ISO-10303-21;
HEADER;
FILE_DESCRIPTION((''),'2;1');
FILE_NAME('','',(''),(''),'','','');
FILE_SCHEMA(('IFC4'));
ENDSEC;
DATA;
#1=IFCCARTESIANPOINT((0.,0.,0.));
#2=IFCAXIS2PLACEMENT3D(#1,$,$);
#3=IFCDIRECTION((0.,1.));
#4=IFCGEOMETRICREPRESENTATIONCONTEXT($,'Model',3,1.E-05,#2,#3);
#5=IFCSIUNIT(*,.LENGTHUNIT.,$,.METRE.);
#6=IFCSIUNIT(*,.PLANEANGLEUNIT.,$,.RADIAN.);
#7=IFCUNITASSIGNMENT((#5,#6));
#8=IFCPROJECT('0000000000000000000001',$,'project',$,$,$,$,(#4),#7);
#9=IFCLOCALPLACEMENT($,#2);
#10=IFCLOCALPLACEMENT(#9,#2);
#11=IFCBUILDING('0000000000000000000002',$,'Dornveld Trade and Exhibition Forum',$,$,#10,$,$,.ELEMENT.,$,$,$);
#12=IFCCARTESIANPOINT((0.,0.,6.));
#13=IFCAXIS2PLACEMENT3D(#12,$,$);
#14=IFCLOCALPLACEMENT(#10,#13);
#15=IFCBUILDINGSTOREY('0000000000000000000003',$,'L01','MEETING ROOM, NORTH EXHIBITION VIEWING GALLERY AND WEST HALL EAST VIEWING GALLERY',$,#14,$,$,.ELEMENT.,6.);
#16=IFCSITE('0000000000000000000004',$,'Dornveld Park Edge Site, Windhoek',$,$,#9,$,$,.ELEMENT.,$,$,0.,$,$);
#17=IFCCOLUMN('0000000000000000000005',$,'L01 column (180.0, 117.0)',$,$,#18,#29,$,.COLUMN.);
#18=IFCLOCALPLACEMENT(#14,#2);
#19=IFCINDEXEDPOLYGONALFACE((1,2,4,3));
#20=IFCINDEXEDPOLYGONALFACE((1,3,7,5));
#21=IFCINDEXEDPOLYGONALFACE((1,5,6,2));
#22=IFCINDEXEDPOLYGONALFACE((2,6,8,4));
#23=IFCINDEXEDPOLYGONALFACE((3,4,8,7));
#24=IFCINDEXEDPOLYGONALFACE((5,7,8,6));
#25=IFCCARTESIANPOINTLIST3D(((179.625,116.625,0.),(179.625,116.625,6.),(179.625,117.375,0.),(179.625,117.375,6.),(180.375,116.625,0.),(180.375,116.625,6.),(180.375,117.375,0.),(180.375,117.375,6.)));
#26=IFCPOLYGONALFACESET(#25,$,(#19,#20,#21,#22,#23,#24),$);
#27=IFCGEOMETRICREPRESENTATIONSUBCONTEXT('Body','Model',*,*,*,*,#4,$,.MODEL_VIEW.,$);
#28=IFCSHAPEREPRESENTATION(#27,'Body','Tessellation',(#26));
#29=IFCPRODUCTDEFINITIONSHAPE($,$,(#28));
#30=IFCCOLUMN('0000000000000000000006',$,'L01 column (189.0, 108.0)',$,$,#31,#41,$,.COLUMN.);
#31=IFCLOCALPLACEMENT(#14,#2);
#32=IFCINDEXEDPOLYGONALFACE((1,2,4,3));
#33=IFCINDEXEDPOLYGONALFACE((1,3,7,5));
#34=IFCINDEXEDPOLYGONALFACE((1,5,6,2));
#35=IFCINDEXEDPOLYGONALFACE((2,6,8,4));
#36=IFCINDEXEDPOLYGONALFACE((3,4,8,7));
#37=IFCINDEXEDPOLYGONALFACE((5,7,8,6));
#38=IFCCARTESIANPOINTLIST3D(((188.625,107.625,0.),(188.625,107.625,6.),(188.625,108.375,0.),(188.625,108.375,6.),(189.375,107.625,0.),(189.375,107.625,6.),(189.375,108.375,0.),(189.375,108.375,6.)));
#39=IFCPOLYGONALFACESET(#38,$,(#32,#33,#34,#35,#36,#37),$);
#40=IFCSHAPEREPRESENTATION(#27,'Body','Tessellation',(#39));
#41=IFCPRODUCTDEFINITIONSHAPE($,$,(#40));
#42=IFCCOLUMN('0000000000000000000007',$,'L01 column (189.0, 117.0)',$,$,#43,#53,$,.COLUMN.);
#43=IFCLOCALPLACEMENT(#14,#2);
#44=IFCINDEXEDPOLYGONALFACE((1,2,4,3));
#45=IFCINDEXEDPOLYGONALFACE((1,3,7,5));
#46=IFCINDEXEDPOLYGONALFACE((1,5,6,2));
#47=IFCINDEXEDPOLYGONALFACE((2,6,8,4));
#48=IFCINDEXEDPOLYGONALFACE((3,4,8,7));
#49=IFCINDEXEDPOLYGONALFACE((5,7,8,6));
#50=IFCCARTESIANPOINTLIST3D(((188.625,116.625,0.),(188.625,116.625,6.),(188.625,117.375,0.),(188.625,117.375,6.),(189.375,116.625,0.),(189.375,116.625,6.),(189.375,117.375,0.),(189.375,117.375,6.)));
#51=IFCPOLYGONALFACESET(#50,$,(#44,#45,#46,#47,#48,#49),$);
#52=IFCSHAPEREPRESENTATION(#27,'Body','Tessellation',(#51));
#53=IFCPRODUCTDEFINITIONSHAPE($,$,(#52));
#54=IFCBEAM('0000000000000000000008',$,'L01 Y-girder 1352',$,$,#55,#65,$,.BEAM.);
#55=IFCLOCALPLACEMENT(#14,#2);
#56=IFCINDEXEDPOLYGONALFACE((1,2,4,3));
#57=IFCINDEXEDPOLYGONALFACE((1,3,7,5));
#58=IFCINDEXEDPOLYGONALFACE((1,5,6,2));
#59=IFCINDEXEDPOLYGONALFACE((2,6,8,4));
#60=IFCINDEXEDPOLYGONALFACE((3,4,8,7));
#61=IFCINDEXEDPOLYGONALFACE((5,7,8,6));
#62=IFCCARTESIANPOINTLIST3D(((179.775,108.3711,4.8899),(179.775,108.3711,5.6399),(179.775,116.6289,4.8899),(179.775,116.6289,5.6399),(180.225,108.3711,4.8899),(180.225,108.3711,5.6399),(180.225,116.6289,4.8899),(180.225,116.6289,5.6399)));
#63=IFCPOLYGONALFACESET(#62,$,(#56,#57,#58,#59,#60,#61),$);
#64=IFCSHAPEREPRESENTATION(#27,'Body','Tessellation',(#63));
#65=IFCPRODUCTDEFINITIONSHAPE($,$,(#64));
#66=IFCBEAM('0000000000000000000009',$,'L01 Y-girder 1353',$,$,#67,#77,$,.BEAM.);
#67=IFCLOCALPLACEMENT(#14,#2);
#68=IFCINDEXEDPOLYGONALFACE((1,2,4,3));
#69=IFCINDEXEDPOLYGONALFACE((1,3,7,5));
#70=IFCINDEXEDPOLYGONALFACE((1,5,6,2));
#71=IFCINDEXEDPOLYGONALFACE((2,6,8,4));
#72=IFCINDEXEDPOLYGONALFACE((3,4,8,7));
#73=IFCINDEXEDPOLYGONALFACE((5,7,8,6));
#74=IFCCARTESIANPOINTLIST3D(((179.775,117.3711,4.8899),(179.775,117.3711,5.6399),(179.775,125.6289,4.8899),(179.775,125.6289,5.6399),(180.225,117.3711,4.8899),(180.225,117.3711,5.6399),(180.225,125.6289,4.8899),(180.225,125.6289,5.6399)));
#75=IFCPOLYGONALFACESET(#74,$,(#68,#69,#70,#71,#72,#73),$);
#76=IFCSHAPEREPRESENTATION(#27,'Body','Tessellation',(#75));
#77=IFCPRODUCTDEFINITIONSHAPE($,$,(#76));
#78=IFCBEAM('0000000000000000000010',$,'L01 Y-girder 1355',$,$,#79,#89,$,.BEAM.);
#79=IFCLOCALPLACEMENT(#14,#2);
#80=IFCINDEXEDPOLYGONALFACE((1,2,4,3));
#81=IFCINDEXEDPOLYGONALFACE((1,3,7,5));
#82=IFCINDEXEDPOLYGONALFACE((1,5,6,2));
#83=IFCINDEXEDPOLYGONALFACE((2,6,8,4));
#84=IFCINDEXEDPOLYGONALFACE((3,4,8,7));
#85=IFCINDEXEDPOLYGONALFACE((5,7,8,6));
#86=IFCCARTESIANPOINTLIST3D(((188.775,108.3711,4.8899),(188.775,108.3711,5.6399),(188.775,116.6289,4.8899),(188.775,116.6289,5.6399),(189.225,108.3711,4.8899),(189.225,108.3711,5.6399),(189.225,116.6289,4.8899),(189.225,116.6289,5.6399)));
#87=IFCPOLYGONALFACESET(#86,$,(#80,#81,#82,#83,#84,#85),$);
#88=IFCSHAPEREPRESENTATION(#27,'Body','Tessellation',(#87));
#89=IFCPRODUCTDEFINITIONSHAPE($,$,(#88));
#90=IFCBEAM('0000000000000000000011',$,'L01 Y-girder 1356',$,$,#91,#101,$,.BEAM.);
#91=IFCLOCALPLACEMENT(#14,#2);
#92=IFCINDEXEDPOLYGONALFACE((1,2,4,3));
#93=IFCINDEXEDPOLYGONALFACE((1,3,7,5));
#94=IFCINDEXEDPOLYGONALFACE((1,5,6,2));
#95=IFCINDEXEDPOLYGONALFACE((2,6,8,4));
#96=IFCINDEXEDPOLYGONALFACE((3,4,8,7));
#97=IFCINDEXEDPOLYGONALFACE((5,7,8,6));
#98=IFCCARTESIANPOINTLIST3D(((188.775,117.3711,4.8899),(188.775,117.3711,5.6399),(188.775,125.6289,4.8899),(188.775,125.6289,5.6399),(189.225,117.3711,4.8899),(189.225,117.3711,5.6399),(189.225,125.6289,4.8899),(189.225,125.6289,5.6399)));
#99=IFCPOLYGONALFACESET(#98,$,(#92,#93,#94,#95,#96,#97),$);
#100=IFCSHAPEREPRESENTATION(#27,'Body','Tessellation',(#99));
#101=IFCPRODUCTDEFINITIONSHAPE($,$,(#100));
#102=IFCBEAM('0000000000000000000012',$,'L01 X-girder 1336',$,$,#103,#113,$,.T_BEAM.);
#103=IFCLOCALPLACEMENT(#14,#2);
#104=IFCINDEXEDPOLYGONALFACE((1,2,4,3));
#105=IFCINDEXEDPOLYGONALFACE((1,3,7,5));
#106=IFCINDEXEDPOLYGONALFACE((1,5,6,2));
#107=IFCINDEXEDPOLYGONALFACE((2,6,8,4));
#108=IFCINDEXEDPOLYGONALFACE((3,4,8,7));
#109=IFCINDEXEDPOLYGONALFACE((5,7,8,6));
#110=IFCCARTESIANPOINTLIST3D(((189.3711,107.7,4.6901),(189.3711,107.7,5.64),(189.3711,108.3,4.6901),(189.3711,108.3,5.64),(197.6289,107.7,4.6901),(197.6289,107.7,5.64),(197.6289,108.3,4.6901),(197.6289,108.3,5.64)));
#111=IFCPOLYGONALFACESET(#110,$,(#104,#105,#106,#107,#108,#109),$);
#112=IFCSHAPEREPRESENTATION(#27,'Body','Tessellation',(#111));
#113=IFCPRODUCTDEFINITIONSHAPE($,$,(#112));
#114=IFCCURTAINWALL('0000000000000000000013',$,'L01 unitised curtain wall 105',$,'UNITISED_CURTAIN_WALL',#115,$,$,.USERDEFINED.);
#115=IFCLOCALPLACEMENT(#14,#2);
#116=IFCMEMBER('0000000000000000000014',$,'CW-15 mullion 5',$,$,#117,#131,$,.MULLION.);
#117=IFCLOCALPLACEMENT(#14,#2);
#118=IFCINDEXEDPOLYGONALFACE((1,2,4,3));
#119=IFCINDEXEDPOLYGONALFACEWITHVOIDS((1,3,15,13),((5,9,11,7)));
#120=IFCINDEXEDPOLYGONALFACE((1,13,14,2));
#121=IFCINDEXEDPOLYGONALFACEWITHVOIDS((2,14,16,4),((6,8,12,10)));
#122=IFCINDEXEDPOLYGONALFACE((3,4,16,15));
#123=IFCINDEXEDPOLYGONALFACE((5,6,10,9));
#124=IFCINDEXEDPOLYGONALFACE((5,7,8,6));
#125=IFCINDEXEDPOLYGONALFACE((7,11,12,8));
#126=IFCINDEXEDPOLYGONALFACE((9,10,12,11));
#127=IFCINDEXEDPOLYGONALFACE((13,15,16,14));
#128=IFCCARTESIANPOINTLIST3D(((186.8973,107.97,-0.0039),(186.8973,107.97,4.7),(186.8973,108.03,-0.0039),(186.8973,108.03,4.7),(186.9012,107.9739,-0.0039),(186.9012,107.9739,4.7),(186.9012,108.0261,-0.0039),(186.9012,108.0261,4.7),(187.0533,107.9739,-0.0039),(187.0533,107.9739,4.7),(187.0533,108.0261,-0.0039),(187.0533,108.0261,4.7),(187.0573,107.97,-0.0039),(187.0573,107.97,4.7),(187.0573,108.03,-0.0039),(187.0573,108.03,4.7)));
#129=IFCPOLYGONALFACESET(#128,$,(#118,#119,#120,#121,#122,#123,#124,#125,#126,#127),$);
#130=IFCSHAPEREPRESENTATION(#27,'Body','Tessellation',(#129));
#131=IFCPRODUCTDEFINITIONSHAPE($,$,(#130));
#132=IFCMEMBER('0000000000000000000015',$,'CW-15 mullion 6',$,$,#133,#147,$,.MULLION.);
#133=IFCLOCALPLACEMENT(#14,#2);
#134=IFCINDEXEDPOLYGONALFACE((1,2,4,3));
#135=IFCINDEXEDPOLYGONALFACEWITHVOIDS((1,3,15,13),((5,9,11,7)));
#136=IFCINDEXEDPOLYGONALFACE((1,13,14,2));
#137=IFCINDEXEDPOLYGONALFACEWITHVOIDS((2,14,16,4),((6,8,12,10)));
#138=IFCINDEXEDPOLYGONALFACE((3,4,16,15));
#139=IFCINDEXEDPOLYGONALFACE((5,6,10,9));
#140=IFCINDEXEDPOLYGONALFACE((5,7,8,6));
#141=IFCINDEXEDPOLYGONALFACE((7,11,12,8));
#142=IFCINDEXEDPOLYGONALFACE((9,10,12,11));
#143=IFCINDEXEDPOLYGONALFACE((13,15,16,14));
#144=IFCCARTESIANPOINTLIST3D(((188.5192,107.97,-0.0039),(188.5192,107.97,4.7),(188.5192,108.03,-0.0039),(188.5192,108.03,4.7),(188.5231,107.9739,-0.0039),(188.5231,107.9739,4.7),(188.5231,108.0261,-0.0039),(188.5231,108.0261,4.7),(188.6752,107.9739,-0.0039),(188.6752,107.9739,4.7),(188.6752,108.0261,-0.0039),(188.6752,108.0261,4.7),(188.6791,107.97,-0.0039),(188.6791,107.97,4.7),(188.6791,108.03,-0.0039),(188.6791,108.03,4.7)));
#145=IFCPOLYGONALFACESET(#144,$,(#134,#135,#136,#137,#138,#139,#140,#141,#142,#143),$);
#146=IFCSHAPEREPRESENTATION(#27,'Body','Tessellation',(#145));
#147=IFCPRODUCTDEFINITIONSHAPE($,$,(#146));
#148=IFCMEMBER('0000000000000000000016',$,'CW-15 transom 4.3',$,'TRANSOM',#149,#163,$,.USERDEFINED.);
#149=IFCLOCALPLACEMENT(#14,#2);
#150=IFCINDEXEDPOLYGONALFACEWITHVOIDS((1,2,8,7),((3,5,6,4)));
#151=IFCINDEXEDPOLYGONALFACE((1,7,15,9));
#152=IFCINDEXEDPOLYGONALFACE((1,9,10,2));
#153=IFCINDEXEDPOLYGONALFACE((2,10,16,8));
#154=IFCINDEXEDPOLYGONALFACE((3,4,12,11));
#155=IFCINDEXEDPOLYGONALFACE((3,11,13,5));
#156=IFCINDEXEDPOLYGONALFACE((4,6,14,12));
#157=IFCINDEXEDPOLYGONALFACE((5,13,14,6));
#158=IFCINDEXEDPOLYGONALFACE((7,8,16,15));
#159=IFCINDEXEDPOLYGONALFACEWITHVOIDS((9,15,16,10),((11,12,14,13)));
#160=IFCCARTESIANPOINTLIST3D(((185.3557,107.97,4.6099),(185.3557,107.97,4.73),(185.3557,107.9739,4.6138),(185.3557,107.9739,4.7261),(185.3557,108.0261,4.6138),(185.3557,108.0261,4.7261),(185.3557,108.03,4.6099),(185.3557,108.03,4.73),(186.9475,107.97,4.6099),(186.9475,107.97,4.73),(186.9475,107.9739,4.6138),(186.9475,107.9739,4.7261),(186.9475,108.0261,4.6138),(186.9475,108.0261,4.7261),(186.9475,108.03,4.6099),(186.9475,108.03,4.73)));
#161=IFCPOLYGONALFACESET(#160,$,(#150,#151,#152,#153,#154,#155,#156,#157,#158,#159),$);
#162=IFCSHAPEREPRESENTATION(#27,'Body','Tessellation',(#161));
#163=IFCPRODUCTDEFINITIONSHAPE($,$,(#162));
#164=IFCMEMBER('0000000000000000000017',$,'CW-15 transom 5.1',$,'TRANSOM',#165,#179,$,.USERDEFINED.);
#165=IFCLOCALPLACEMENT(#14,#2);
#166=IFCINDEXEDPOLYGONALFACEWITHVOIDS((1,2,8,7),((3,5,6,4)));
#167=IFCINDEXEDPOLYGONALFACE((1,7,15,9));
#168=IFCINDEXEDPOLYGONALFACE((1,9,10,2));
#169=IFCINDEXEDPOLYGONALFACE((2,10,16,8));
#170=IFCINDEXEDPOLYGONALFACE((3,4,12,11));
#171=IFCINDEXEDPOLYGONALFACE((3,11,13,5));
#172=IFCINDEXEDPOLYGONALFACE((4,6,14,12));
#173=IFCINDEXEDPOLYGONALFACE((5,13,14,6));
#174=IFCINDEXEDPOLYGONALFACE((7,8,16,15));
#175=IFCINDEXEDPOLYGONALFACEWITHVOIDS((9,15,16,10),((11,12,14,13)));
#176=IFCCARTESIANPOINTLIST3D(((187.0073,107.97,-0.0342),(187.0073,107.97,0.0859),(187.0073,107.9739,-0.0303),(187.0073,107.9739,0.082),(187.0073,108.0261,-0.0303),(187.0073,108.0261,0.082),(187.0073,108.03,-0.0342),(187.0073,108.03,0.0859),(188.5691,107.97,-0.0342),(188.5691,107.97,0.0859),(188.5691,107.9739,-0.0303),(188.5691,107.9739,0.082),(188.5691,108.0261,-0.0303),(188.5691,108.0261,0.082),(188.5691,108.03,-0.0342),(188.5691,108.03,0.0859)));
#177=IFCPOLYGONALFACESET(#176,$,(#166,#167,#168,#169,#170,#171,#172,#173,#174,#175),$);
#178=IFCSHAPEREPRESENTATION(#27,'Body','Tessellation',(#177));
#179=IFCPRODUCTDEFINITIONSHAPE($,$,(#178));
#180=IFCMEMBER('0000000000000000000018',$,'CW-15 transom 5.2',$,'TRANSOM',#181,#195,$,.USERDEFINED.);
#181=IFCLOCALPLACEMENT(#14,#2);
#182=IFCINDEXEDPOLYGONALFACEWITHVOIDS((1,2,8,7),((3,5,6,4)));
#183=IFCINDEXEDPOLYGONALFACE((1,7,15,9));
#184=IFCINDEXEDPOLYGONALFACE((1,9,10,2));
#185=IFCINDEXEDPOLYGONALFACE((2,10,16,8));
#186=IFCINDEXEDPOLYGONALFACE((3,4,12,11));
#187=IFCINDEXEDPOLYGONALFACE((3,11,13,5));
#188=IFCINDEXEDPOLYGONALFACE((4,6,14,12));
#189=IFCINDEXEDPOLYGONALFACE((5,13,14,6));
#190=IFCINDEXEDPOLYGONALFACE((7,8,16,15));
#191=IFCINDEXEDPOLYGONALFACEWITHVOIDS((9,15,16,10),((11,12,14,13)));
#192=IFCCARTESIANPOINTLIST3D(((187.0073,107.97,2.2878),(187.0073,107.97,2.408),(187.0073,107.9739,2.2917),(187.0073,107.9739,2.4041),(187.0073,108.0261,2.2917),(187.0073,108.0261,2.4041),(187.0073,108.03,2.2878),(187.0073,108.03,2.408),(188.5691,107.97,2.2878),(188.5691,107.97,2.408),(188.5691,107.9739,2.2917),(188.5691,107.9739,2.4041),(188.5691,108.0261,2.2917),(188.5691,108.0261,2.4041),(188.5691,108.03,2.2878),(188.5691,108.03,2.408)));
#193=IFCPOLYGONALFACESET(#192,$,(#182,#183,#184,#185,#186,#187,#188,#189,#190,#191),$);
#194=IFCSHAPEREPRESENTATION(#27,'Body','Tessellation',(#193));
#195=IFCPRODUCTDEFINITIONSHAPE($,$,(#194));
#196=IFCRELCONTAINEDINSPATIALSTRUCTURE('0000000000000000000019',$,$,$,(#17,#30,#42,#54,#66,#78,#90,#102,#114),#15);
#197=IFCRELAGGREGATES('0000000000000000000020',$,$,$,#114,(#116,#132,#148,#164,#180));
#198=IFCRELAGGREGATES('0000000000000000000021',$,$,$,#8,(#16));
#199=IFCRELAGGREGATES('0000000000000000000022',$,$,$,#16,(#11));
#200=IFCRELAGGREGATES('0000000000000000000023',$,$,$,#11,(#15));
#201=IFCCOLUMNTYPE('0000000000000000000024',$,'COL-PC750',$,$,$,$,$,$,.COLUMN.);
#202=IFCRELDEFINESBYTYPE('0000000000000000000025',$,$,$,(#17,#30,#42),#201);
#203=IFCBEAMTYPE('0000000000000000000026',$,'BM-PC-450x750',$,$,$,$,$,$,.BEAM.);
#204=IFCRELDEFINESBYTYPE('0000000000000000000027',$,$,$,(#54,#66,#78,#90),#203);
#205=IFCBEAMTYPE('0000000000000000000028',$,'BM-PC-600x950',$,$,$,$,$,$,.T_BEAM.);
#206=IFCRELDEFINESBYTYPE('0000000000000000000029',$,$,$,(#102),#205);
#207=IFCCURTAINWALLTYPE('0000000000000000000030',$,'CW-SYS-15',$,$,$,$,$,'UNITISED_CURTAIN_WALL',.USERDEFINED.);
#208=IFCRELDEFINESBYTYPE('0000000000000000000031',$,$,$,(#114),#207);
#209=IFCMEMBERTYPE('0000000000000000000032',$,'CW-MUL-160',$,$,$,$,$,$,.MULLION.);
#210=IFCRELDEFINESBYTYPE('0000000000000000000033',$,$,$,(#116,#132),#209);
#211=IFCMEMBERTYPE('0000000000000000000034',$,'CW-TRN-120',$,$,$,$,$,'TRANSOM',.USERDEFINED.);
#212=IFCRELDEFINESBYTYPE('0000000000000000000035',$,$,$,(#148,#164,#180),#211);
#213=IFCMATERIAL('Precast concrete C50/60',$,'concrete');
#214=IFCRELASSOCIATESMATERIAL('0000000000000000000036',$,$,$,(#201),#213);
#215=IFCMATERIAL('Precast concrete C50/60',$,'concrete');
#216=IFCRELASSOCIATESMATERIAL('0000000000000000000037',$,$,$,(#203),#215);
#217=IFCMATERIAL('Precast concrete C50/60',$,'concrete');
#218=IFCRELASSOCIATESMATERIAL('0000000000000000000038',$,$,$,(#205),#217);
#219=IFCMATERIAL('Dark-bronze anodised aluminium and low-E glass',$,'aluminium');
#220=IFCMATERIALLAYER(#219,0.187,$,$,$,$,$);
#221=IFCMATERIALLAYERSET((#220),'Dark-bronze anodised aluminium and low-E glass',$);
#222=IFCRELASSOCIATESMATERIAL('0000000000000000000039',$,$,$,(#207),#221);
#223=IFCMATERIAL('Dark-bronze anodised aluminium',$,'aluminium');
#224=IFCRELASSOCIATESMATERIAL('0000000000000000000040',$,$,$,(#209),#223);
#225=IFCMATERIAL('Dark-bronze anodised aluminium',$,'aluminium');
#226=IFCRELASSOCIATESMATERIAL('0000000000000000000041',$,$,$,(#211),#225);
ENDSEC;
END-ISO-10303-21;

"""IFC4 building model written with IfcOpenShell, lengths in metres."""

from ifc_helpers import new_model, si_unit, direction, frame, origin, origin_2d, place, context, subcontext, project, spatial, rectangle, hollow_rectangle, extrude, material, layer, layer_set, material_profile, profile_set, type_object, element, aggregate, save


model = new_model("IFC4")

# Units and contexts
model_context = context("Model", 3, precision=1e-05, world=origin(), true_north=direction((0.0, 1.0)))
body_context = subcontext(model_context, "Body", "Model", "MODEL_VIEW")
ifc_project = project(units=[si_unit("LENGTHUNIT", "METRE"), si_unit("PLANEANGLEUNIT", "RADIAN")], contexts=[model_context])

# Site, building, storey
site_placement = place(None, origin())
site = spatial("IfcSite", under=ifc_project, at=site_placement, Name="Dornveld Park Edge Site, Windhoek", CompositionType="ELEMENT", RefElevation=0.0)
building_placement = place(site_placement, origin())
building = spatial("IfcBuilding", under=site, at=building_placement, Name="Dornveld Trade and Exhibition Forum", CompositionType="ELEMENT")
storey_placement = place(building_placement, frame((0.0, 0.0, 6.0)))
storey = spatial("IfcBuildingStorey", under=building, at=storey_placement, Name="L01", Description="MEETING ROOM, NORTH EXHIBITION VIEWING GALLERY AND WEST HALL EAST VIEWING GALLERY", CompositionType="ELEMENT", Elevation=6.0)

# Columns
ifc_material_1 = material(Name="Precast concrete C50/60", Category="concrete")
ifc_material_profile_1 = material_profile(ifc_material_1, rectangle(XDim=0.75, YDim=0.75, at=origin_2d()), Name="PC-COL 750x750")
ifc_profile_set_1 = profile_set([ifc_material_profile_1], Name="Precast concrete C50/60")
column_type = type_object("IfcColumnType", Name="COL-PC750", PredefinedType="COLUMN", material=ifc_profile_set_1)
for number, where, z_axis, x_axis, name in (
    (1, (180.0, 117.0, 0.0), (0.0, 0.0, 1.0), (1.0, 0.0, 0.0), "L01 column (180.0, 117.0)"),
    (2, (189.0, 108.0, 0.0), (0.0, 0.0, 1.0), (1.0, 0.0, 0.0), "L01 column (189.0, 108.0)"),
    (3, (189.0, 117.0, 0.0), (0.0, 0.0, 1.0), (1.0, 0.0, 0.0), "L01 column (189.0, 117.0)"),
):
    element("IfcColumn", number, at=place(storey_placement, frame(where, z_axis=z_axis, x_axis=x_axis)), inside=storey, type_object=column_type, Name=name, PredefinedType="COLUMN", context=body_context, shape_type="SweptSolid", body=[
        extrude(rectangle(XDim=0.75, YDim=0.75, at=origin_2d()), origin(), (0.0, 0.0, 1.0), 6.0),
    ])

# Beams
ifc_material_2 = material(Name="Precast concrete C50/60", Category="concrete")
ifc_material_profile_2 = material_profile(ifc_material_2, rectangle(XDim=0.45, YDim=0.75, at=origin_2d()), Name="PC-BM 450x750")
ifc_profile_set_2 = profile_set([ifc_material_profile_2], Name="Precast concrete C50/60")
beam_type_1 = type_object("IfcBeamType", Name="BM-PC-450x750", PredefinedType="BEAM", material=ifc_profile_set_2)
for number, where, z_axis, x_axis, name in (
    (4, (180.0, 108.3711, 5.2649), (0.0, 1.0, 0.0), (-1.0, 0.0, 0.0), "L01 Y-girder 1352"),
    (5, (180.0, 117.3711, 5.2649), (0.0, 1.0, 0.0), (-1.0, 0.0, 0.0), "L01 Y-girder 1353"),
    (6, (189.0, 108.3711, 5.2649), (0.0, 1.0, 0.0), (-1.0, 0.0, 0.0), "L01 Y-girder 1355"),
    (7, (189.0, 117.3711, 5.2649), (0.0, 1.0, 0.0), (-1.0, 0.0, 0.0), "L01 Y-girder 1356"),
):
    element("IfcBeam", number, at=place(storey_placement, frame(where, z_axis=z_axis, x_axis=x_axis)), inside=storey, type_object=beam_type_1, Name=name, PredefinedType="BEAM", context=body_context, shape_type="SweptSolid", body=[
        extrude(rectangle(XDim=0.45, YDim=0.75, at=origin_2d()), origin(), (0.0, 0.0, 1.0), 8.2578),
    ])
ifc_material_3 = material(Name="Precast concrete C50/60", Category="concrete")
ifc_material_profile_3 = material_profile(ifc_material_3, rectangle(XDim=0.6001, YDim=0.95, at=origin_2d()), Name="PC-GIR 600x950")
ifc_profile_set_3 = profile_set([ifc_material_profile_3], Name="Precast concrete C50/60")
beam_type_2 = type_object("IfcBeamType", Name="BM-PC-600x950", PredefinedType="T_BEAM", material=ifc_profile_set_3)
beam_placement = place(storey_placement, frame((189.3711, 108.0, 5.165), z_axis=(1.0, 0.0, 0.0), x_axis=(0.0, 1.0, 0.0)))
element("IfcBeam", 8, at=beam_placement, inside=storey, type_object=beam_type_2, Name="L01 X-girder 1336", PredefinedType="T_BEAM", context=body_context, shape_type="SweptSolid", body=[
    extrude(rectangle(XDim=0.6001, YDim=0.95, at=origin_2d()), origin(), (0.0, 0.0, 1.0), 8.2578),
])

# Curtain wall, members
ifc_material_4 = material(Name="Dark-bronze anodised aluminium and low-E glass", Category="aluminium")
ifc_layer_1 = layer(ifc_material_4, 0.187)
ifc_layer_set_1 = layer_set([ifc_layer_1], Name="Dark-bronze anodised aluminium and low-E glass")
curtain_wall_type = type_object("IfcCurtainWallType", Name="CW-SYS-15", ElementType="UNITISED_CURTAIN_WALL", PredefinedType="USERDEFINED", material=ifc_layer_set_1)
curtain_wall_placement = place(storey_placement, origin())
curtain_wall = element("IfcCurtainWall", 9, at=curtain_wall_placement, inside=storey, type_object=curtain_wall_type, Name="L01 unitised curtain wall 105", ObjectType="UNITISED_CURTAIN_WALL", PredefinedType="USERDEFINED")
ifc_material_5 = material(Name="Dark-bronze anodised aluminium", Category="aluminium")
ifc_material_profile_4 = material_profile(ifc_material_5, hollow_rectangle(XDim=0.0601, YDim=0.1599, WallThickness=0.0039, at=origin_2d()), Name="RHS 160x60x4")
ifc_profile_set_4 = profile_set([ifc_material_profile_4], Name="Dark-bronze anodised aluminium")
member_type_1 = type_object("IfcMemberType", Name="CW-MUL-160", PredefinedType="MULLION", material=ifc_profile_set_4)
member_1_placement = place(storey_placement, frame((186.9773, 108.0, -0.0039), z_axis=(0.0, 0.0, 1.0), x_axis=(0.0, 1.0, 0.0)))
member_1 = element("IfcMember", 10, at=member_1_placement, type_object=member_type_1, Name="CW-15 mullion 5", PredefinedType="MULLION", context=body_context, shape_type="SweptSolid", body=[
    extrude(hollow_rectangle(XDim=0.0601, YDim=0.1599, WallThickness=0.0039, at=origin_2d()), origin(), (0.0, 0.0, 1.0), 4.7039),
])
member_2_placement = place(storey_placement, frame((188.5991, 108.0, -0.0039), z_axis=(0.0, 0.0, 1.0), x_axis=(0.0, 1.0, 0.0)))
member_2 = element("IfcMember", 11, at=member_2_placement, type_object=member_type_1, Name="CW-15 mullion 6", PredefinedType="MULLION", context=body_context, shape_type="SweptSolid", body=[
    extrude(hollow_rectangle(XDim=0.0601, YDim=0.1599, WallThickness=0.0039, at=origin_2d()), origin(), (0.0, 0.0, 1.0), 4.7039),
])
ifc_material_6 = material(Name="Dark-bronze anodised aluminium", Category="aluminium")
ifc_material_profile_5 = material_profile(ifc_material_6, hollow_rectangle(XDim=0.0601, YDim=0.1201, WallThickness=0.0039, at=origin_2d()), Name="RHS 120x60x4")
ifc_profile_set_5 = profile_set([ifc_material_profile_5], Name="Dark-bronze anodised aluminium")
member_type_2 = type_object("IfcMemberType", Name="CW-TRN-120", ElementType="TRANSOM", PredefinedType="USERDEFINED", material=ifc_profile_set_5)
member_3_placement = place(storey_placement, frame((185.3557, 108.0, 4.6699), z_axis=(1.0, 0.0, 0.0), x_axis=(0.0, 1.0, 0.0)))
member_3 = element("IfcMember", 12, at=member_3_placement, type_object=member_type_2, Name="CW-15 transom 4.3", ObjectType="TRANSOM", PredefinedType="USERDEFINED", context=body_context, shape_type="SweptSolid", body=[
    extrude(hollow_rectangle(XDim=0.0601, YDim=0.1201, WallThickness=0.0039, at=origin_2d()), origin(), (0.0, 0.0, 1.0), 1.5918),
])
member_4_placement = place(storey_placement, frame((187.0073, 108.0, 0.0259), z_axis=(1.0, 0.0, 0.0), x_axis=(0.0, 1.0, 0.0)))
member_4 = element("IfcMember", 13, at=member_4_placement, type_object=member_type_2, Name="CW-15 transom 5.1", ObjectType="TRANSOM", PredefinedType="USERDEFINED", context=body_context, shape_type="SweptSolid", body=[
    extrude(hollow_rectangle(XDim=0.0601, YDim=0.1201, WallThickness=0.0039, at=origin_2d()), origin(), (0.0, 0.0, 1.0), 1.5618),
])
member_5_placement = place(storey_placement, frame((187.0073, 108.0, 2.3479), z_axis=(1.0, 0.0, 0.0), x_axis=(0.0, 1.0, 0.0)))
member_5 = element("IfcMember", 14, at=member_5_placement, type_object=member_type_2, Name="CW-15 transom 5.2", ObjectType="TRANSOM", PredefinedType="USERDEFINED", context=body_context, shape_type="SweptSolid", body=[
    extrude(hollow_rectangle(XDim=0.0601, YDim=0.1201, WallThickness=0.0039, at=origin_2d()), origin(), (0.0, 0.0, 1.0), 1.5618),
])
aggregate(curtain_wall, [member_1, member_2, member_3, member_4, member_5])

save(model, "model.ifc")
